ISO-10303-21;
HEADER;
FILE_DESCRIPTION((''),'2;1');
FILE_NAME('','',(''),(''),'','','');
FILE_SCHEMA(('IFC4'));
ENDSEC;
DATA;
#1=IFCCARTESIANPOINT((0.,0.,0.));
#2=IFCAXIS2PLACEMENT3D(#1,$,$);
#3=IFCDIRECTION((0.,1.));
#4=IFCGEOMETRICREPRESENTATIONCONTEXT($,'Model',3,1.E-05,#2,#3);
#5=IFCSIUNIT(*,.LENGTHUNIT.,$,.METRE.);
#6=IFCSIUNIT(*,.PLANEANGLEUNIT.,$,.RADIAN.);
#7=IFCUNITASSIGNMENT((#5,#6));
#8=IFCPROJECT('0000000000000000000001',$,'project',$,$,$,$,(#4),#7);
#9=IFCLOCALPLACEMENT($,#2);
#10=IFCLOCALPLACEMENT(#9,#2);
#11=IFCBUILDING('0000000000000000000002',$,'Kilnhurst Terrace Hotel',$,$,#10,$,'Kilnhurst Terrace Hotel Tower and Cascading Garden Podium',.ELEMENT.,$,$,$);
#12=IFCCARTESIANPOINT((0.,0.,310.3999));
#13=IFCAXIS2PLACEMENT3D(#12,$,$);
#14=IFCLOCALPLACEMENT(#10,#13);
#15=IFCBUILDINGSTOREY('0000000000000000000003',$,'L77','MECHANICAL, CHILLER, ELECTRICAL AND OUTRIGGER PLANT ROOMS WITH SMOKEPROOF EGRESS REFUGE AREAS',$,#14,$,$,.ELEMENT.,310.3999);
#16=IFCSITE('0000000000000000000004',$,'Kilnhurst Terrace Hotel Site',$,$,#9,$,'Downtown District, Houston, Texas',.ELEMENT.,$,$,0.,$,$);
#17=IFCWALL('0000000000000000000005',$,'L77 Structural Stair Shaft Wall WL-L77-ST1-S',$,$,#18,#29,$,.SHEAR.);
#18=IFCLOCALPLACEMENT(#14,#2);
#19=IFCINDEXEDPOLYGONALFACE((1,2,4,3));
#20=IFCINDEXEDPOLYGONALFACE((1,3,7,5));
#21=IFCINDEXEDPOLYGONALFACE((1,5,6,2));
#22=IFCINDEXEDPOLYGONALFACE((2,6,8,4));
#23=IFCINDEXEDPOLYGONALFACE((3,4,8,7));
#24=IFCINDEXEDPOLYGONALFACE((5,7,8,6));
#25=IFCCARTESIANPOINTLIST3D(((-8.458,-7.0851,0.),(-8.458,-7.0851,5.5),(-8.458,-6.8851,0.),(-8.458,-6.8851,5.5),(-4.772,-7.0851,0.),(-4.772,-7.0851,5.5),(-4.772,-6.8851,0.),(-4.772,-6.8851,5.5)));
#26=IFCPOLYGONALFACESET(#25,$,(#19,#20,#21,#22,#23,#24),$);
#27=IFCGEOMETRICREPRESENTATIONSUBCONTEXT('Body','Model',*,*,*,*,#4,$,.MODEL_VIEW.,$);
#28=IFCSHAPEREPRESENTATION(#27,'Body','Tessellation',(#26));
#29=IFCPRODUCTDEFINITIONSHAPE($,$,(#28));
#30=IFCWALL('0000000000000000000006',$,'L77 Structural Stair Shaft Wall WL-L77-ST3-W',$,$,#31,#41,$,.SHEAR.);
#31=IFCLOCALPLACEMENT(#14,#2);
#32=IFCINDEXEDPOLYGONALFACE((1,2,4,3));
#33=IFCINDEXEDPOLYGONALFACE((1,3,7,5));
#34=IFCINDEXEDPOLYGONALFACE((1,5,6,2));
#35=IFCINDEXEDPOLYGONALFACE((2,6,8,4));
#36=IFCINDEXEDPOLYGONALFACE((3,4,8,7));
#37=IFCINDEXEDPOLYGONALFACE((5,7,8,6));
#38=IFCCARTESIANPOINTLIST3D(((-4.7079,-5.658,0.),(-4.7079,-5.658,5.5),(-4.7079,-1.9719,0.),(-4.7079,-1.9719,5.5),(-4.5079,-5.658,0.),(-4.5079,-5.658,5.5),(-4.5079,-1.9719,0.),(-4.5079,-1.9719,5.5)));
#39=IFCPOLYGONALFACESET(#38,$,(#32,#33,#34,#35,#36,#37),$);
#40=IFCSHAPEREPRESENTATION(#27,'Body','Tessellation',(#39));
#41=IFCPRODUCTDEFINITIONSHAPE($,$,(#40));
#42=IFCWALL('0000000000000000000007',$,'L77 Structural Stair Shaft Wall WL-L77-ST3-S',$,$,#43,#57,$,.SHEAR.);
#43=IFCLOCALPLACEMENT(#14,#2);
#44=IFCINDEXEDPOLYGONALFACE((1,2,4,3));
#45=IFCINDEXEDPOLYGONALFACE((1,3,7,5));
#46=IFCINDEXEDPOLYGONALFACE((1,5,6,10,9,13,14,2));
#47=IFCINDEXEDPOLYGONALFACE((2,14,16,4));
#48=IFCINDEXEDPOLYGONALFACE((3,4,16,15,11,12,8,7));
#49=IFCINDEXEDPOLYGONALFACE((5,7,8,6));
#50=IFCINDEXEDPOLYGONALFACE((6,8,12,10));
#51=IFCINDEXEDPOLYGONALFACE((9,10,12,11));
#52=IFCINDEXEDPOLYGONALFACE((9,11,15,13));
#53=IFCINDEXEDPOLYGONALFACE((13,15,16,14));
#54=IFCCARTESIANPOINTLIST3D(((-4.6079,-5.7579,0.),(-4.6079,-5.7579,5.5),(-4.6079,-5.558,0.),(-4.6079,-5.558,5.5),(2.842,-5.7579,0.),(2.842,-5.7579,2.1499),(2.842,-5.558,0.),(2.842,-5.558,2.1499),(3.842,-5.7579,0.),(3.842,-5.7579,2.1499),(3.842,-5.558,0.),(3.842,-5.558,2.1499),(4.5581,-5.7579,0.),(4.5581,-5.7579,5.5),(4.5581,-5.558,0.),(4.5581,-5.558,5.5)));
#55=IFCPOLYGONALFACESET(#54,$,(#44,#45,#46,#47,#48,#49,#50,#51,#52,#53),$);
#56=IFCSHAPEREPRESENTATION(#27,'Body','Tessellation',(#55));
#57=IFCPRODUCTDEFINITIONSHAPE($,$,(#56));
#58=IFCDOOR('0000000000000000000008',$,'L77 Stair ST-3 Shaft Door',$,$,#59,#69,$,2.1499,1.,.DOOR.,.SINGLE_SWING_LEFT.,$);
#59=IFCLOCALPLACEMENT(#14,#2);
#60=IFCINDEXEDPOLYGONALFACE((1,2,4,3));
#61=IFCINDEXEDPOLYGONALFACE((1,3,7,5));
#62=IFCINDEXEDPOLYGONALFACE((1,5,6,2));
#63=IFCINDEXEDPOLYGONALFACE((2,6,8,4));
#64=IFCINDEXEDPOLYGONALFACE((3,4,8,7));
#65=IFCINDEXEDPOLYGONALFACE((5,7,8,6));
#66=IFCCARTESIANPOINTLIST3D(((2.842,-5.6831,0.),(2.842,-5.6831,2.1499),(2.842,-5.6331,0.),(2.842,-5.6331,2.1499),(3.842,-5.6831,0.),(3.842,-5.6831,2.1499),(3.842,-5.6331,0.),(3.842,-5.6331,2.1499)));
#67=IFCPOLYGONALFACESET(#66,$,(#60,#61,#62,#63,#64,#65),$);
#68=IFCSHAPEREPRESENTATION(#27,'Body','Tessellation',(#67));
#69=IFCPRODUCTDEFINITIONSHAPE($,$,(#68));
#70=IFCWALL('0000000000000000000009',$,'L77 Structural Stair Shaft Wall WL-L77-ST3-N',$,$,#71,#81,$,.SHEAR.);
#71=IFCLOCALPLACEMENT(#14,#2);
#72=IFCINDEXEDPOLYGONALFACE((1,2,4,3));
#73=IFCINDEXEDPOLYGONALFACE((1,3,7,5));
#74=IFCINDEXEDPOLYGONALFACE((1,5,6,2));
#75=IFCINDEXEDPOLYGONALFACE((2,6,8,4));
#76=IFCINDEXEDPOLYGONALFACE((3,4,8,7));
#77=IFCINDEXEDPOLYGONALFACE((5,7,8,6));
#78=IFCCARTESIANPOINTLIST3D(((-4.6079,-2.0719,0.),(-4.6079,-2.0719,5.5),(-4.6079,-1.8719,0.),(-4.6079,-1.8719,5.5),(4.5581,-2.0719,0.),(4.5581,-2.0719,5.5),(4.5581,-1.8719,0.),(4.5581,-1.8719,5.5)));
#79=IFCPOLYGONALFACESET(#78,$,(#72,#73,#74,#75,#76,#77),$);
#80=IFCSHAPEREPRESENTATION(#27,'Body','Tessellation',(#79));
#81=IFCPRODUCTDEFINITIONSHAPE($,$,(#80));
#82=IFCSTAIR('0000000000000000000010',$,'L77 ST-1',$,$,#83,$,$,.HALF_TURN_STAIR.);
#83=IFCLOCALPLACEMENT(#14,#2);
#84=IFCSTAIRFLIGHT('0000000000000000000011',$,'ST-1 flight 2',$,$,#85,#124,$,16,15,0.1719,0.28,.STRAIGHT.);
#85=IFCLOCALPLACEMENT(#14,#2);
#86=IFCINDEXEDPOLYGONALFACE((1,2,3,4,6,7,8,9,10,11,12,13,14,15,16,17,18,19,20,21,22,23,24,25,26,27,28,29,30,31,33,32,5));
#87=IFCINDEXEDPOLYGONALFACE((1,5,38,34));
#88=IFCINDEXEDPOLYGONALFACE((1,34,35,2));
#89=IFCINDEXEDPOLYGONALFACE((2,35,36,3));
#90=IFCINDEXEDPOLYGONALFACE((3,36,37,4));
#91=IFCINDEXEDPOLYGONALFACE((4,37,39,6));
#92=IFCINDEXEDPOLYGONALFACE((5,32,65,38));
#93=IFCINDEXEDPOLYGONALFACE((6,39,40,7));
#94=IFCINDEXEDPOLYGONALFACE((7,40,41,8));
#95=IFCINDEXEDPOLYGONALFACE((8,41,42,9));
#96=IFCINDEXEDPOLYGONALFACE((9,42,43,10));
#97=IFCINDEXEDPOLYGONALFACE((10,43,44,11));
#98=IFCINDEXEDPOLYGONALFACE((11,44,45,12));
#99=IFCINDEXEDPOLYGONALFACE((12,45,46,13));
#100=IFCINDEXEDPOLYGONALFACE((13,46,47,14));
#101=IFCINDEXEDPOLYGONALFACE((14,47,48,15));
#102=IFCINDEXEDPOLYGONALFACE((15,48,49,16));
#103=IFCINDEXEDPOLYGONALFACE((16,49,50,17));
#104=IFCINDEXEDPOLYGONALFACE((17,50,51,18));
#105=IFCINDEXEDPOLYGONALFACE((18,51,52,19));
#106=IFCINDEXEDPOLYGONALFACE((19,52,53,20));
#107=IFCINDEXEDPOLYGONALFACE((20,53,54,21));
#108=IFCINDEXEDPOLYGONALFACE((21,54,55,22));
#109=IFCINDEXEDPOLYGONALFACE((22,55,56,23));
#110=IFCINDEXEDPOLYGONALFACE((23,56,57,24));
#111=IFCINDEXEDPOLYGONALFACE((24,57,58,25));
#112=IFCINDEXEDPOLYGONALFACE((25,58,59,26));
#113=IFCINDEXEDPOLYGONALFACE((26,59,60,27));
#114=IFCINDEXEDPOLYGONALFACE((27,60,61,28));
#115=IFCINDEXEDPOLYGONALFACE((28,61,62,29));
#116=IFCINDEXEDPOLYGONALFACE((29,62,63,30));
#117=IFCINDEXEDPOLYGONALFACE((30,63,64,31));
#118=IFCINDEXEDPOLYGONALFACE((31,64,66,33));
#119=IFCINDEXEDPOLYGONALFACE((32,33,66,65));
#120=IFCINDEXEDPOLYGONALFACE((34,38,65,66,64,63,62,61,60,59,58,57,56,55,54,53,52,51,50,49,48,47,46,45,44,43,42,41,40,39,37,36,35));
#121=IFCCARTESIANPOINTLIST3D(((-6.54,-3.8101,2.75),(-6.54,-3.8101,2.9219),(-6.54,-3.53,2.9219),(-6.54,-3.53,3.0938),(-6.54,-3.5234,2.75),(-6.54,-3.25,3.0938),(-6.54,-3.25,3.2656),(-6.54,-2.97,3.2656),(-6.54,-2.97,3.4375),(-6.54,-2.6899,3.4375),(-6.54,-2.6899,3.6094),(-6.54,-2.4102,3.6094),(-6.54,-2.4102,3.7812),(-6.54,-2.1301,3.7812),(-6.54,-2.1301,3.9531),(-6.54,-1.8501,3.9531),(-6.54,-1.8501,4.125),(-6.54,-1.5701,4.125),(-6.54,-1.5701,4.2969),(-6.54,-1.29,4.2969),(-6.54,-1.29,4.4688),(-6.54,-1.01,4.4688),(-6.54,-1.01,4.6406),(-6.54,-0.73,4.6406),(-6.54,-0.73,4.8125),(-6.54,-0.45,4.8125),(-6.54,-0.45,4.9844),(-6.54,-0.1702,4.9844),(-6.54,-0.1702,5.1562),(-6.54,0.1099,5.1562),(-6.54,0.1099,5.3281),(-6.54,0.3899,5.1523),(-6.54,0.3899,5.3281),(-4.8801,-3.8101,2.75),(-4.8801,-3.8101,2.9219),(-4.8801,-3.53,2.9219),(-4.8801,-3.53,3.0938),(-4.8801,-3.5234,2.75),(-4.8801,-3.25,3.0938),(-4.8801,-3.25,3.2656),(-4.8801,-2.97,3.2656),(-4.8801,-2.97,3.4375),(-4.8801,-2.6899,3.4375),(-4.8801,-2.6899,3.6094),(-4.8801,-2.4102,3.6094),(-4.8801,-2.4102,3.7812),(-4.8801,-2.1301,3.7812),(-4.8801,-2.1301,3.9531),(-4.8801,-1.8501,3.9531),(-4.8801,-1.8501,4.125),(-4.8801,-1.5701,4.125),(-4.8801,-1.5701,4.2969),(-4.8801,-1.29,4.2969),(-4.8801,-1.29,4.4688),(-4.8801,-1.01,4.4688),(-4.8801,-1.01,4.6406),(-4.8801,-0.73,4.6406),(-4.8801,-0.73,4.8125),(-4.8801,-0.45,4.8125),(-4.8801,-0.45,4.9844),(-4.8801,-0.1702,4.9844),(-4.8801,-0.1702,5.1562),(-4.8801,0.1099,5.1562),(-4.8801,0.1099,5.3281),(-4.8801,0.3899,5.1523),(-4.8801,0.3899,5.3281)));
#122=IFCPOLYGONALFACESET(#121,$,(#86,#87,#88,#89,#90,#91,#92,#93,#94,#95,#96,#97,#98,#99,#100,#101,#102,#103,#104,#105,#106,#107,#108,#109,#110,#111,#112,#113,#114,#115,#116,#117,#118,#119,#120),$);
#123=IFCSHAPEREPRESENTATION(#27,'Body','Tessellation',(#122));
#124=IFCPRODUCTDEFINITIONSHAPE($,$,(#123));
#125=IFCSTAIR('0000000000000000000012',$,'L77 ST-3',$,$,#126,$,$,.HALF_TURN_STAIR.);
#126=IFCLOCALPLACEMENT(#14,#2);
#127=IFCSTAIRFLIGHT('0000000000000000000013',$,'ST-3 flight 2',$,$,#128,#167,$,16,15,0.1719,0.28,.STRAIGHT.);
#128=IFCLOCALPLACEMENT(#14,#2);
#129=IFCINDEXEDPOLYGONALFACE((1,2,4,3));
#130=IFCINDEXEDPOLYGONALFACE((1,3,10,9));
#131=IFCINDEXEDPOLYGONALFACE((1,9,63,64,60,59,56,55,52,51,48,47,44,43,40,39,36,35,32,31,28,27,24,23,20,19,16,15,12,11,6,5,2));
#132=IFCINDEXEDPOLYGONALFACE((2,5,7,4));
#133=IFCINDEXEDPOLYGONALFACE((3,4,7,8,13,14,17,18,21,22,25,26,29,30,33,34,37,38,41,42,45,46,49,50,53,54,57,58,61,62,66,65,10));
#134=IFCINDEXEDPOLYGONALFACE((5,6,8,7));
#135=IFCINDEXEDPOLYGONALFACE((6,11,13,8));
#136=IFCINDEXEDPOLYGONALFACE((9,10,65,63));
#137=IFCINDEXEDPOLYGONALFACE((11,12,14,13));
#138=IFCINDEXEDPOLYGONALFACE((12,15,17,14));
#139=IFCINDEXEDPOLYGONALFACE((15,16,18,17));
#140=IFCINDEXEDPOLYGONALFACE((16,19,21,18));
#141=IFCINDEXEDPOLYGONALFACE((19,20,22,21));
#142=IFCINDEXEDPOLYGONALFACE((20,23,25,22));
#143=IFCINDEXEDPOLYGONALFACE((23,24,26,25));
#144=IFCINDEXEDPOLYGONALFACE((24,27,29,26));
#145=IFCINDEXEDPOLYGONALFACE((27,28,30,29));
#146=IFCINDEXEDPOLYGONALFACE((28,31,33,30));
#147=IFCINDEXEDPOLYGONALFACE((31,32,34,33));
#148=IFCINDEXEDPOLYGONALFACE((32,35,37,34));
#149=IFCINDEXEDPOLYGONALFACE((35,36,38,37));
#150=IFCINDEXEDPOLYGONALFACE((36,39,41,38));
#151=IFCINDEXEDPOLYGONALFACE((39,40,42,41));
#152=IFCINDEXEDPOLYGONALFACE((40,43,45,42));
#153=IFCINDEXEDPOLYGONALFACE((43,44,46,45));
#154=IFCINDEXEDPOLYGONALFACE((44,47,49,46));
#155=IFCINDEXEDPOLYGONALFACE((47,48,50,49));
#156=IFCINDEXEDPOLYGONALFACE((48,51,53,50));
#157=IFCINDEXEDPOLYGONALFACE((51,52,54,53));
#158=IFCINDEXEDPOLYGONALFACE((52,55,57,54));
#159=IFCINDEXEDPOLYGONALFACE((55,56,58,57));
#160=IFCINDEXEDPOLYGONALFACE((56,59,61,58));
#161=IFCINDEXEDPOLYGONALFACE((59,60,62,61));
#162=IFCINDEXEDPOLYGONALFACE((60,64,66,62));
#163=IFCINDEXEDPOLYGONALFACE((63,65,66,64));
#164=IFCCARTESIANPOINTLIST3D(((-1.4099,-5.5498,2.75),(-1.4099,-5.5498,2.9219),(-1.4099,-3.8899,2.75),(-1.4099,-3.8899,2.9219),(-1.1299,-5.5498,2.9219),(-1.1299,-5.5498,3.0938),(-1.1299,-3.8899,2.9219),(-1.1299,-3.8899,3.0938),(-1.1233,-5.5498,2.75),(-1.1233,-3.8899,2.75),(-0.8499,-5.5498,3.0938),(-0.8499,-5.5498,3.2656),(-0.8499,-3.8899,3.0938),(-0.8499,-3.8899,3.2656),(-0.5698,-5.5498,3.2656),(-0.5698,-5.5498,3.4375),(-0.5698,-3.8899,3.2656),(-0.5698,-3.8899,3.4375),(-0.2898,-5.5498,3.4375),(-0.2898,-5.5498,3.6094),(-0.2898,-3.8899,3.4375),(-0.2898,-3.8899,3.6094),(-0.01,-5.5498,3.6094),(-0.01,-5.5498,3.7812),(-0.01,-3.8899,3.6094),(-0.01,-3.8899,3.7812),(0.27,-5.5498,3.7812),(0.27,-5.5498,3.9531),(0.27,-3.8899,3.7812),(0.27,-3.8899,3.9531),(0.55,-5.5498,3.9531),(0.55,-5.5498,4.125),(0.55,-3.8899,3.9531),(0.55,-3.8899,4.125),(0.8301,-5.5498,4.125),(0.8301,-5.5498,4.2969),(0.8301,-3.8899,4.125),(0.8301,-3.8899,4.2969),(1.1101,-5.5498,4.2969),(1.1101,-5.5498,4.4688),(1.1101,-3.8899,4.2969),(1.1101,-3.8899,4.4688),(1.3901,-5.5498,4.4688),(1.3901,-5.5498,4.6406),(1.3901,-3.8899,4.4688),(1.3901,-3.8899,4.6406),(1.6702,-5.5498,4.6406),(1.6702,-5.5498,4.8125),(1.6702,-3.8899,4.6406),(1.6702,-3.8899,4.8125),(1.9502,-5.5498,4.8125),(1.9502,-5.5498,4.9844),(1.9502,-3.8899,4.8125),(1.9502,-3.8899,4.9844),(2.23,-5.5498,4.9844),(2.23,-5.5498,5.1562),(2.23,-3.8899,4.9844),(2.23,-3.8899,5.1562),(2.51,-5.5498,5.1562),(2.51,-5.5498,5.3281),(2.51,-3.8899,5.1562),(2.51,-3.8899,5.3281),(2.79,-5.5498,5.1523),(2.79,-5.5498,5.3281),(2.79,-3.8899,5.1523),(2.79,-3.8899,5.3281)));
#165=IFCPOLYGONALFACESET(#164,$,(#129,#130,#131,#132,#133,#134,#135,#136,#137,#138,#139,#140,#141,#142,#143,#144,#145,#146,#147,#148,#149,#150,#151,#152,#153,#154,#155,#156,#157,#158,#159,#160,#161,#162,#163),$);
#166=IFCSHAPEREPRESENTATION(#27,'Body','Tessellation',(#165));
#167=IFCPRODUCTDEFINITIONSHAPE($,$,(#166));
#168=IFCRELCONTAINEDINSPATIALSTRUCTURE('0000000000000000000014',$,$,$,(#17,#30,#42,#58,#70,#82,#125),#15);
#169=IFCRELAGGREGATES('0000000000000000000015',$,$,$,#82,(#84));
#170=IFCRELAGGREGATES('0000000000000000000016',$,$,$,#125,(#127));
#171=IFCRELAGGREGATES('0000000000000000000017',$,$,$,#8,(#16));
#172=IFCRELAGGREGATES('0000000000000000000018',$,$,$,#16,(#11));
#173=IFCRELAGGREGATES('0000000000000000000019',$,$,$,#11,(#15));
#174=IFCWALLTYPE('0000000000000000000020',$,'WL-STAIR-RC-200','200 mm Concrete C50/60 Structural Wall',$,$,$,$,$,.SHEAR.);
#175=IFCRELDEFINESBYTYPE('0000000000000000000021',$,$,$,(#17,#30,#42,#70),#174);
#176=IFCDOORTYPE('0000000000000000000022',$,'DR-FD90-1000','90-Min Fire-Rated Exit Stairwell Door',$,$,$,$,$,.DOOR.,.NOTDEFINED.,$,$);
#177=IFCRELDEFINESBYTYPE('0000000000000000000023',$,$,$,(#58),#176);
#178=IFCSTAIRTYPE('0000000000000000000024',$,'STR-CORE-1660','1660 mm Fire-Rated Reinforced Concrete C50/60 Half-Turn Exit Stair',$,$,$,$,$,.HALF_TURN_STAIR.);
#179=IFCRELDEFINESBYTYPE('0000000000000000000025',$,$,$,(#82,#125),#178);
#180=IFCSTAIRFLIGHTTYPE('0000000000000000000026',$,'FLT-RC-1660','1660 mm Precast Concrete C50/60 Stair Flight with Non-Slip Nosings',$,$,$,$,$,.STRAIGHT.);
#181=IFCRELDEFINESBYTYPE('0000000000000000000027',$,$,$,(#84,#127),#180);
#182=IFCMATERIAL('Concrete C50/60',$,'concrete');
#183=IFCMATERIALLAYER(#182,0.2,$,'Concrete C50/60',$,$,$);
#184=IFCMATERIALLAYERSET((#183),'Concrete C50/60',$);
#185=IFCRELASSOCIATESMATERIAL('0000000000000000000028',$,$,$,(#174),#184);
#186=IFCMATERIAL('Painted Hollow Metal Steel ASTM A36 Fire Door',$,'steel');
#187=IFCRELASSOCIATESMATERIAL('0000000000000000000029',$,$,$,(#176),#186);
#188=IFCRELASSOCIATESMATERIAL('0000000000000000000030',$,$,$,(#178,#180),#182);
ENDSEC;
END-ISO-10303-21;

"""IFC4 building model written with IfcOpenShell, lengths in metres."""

from ifc_helpers import new_model, si_unit, direction, frame, frame_2d, origin, place, context, subcontext, project, spatial, polyline, rectangle, outline, extrude, material, layer, layer_set, type_object, element, fill, aggregate, save


model = new_model("IFC4")

# Units and contexts
model_context = context("Model", 3, precision=1e-05, world=origin(), true_north=direction((0.0, 1.0)))
body_context = subcontext(model_context, "Body", "Model", "MODEL_VIEW")
ifc_project = project(units=[si_unit("LENGTHUNIT", "METRE"), si_unit("PLANEANGLEUNIT", "RADIAN")], contexts=[model_context])

# Site, building, storey
site_placement = place(None, origin())
site = spatial("IfcSite", under=ifc_project, at=site_placement, Name="Kilnhurst Terrace Hotel Site", LongName="Downtown District, Houston, Texas", CompositionType="ELEMENT", RefElevation=0.0)
building_placement = place(site_placement, origin())
building = spatial("IfcBuilding", under=site, at=building_placement, Name="Kilnhurst Terrace Hotel", LongName="Kilnhurst Terrace Hotel Tower and Cascading Garden Podium", CompositionType="ELEMENT")
storey_placement = place(building_placement, frame((0.0, 0.0, 310.3999)))
storey = spatial("IfcBuildingStorey", under=building, at=storey_placement, Name="L77", Description="MECHANICAL, CHILLER, ELECTRICAL AND OUTRIGGER PLANT ROOMS WITH SMOKEPROOF EGRESS REFUGE AREAS", CompositionType="ELEMENT", Elevation=310.3999)

# Shared definitions
ifc_material_1 = material(Name="Concrete C50/60", Category="concrete")

# Walls
ifc_layer_1 = layer(ifc_material_1, 0.2, Name="Concrete C50/60")
ifc_layer_set_1 = layer_set([ifc_layer_1], Name="Concrete C50/60")
wall_type_1 = type_object("IfcWallType", Name="WL-STAIR-RC-200", Description="200 mm Concrete C50/60 Structural Wall", PredefinedType="SHEAR", material=ifc_layer_set_1)
for number, where, z_axis, x_axis, name in (
    (1, (-8.458, -6.9851, 0.0), (0.0, 0.0, 1.0), (1.0, 0.0, 0.0), "L77 Structural Stair Shaft Wall WL-L77-ST1-S"),
    (2, (-4.6079, -5.658, 0.0), (0.0, 0.0, 1.0), (0.0, 1.0, 0.0), "L77 Structural Stair Shaft Wall WL-L77-ST3-W"),
):
    element("IfcWall", number, at=place(storey_placement, frame(where, z_axis=z_axis, x_axis=x_axis)), inside=storey, type_object=wall_type_1, Name=name, PredefinedType="SHEAR", context=body_context, shape_type="SweptSolid", body=[
        extrude(rectangle(XDim=3.686, YDim=0.2, at=frame_2d((1.843, 0.0))), origin(), (0.0, 0.0, 1.0), 5.5),
    ])

# Wall, opening, door
wall_1_placement = place(storey_placement, frame((-4.6079, -5.658, 0.0), z_axis=(0.0, 0.0, 1.0), x_axis=(1.0, 0.0, 0.0)))
wall_1 = element("IfcWall", 3, at=wall_1_placement, inside=storey, type_object=wall_type_1, Name="L77 Structural Stair Shaft Wall WL-L77-ST3-S", PredefinedType="SHEAR", context=body_context, shape_type="SweptSolid", body=[
    extrude(rectangle(XDim=9.166, YDim=0.2, at=frame_2d((4.583, 0.0))), origin(), (0.0, 0.0, 1.0), 5.5),
])
opening_1_placement = place(wall_1_placement, frame((7.45, 0.0, 0.0)))
opening_1 = element("IfcOpeningElement", 4, at=opening_1_placement, cuts=wall_1, PredefinedType="OPENING", context=body_context, shape_type="SweptSolid", body=[
    extrude(rectangle(XDim=1.0, YDim=2.1499, at=frame_2d((0.5, 1.075))), frame((0.0, 0.1099, 0.0), z_axis=(0.0, -1.0, 0.0), x_axis=(1.0, 0.0, 0.0)), (0.0, 0.0, 1.0), 0.22),
])
ifc_material_2 = material(Name="Painted Hollow Metal Steel ASTM A36 Fire Door", Category="steel")
door_type_1 = type_object("IfcDoorType", Name="DR-FD90-1000", Description="90-Min Fire-Rated Exit Stairwell Door", OperationType="NOTDEFINED", PredefinedType="DOOR", material=ifc_material_2)
door_1_placement = place(opening_1_placement, origin())
door_1 = element("IfcDoor", 5, at=door_1_placement, inside=storey, type_object=door_type_1, Name="L77 Stair ST-3 Shaft Door", OperationType="SINGLE_SWING_LEFT", OverallHeight=2.1499, OverallWidth=1.0, PredefinedType="DOOR", context=body_context, shape_type="SweptSolid", body=[
    extrude(rectangle(XDim=1.0, YDim=2.1499, at=frame_2d((0.5, 1.075))), frame((0.0, 0.0249, 0.0), z_axis=(0.0, -1.0, 0.0), x_axis=(1.0, 0.0, 0.0)), (0.0, 0.0, 1.0), 0.05),
])
fill(opening_1, door_1)

# Wall
wall_2_placement = place(storey_placement, frame((-4.6079, -1.9719, 0.0), z_axis=(0.0, 0.0, 1.0), x_axis=(1.0, 0.0, 0.0)))
element("IfcWall", 6, at=wall_2_placement, inside=storey, type_object=wall_type_1, Name="L77 Structural Stair Shaft Wall WL-L77-ST3-N", PredefinedType="SHEAR", context=body_context, shape_type="SweptSolid", body=[
    extrude(rectangle(XDim=9.166, YDim=0.2, at=frame_2d((4.583, 0.0))), origin(), (0.0, 0.0, 1.0), 5.5),
])

# Stairs, stair flights
stair_type = type_object("IfcStairType", Name="STR-CORE-1660", Description="1660 mm Fire-Rated Reinforced Concrete C50/60 Half-Turn Exit Stair", PredefinedType="HALF_TURN_STAIR", material=ifc_material_1)
stair_1_placement = place(storey_placement, origin())
stair_1 = element("IfcStair", 7, at=stair_1_placement, inside=storey, type_object=stair_type, Name="L77 ST-1", PredefinedType="HALF_TURN_STAIR")
stair_flight_type = type_object("IfcStairFlightType", Name="FLT-RC-1660", Description="1660 mm Precast Concrete C50/60 Stair Flight with Non-Slip Nosings", PredefinedType="STRAIGHT", material=ifc_material_1)
stair_flight_1_placement = place(storey_placement, frame((-5.71, -3.8101, 2.75), z_axis=(0.0, 0.0, 1.0), x_axis=(0.0, 1.0, 0.0)))
stair_flight_1 = element("IfcStairFlight", 8, at=stair_flight_1_placement, type_object=stair_flight_type, Name="ST-1 flight 2", NumberOfRisers=16, NumberOfTreads=15, PredefinedType="STRAIGHT", RiserHeight=0.1719, TreadLength=0.28, context=body_context, shape_type="SweptSolid", body=[
    extrude(outline(polyline([(0.0, 0.0), (0.0, 0.1719), (0.28, 0.1719), (0.28, 0.3438), (0.5601, 0.3438), (0.5601, 0.5156), (0.8401, 0.5156), (0.8401, 0.6875), (1.1201, 0.6875), (1.1201, 0.8594), (1.3999, 0.8594), (1.3999, 1.0312), (1.6799, 1.0312), (1.6799, 1.2031), (1.96, 1.2031), (1.96, 1.375), (2.24, 1.375), (2.24, 1.5469), (2.52, 1.5469), (2.52, 1.7188), (2.8, 1.7188), (2.8, 1.8906), (3.0801, 1.8906), (3.0801, 2.0625), (3.3601, 2.0625), (3.3601, 2.2344), (3.6399, 2.2344), (3.6399, 2.4062), (3.9199, 2.4062), (3.9199, 2.5781), (4.2, 2.5781), (4.2, 2.75), (4.2, 2.4023), (0.2866, 0.0), (0.0, 0.0)])), frame((0.0, 0.8301, 0.0), z_axis=(0.0, -1.0, 0.0), x_axis=(1.0, 0.0, 0.0)), (0.0, 0.0, 1.0), 1.6599),
])
aggregate(stair_1, [stair_flight_1])
stair_2_placement = place(storey_placement, origin())
stair_2 = element("IfcStair", 9, at=stair_2_placement, inside=storey, type_object=stair_type, Name="L77 ST-3", PredefinedType="HALF_TURN_STAIR")
stair_flight_2_placement = place(storey_placement, frame((-1.4099, -4.72, 2.75), z_axis=(0.0, 0.0, 1.0), x_axis=(1.0, 0.0, 0.0)))
stair_flight_2 = element("IfcStairFlight", 10, at=stair_flight_2_placement, type_object=stair_flight_type, Name="ST-3 flight 2", NumberOfRisers=16, NumberOfTreads=15, PredefinedType="STRAIGHT", RiserHeight=0.1719, TreadLength=0.28, context=body_context, shape_type="SweptSolid", body=[
    extrude(outline(polyline([(0.0, 0.0), (0.0, 0.1719), (0.28, 0.1719), (0.28, 0.3438), (0.5601, 0.3438), (0.5601, 0.5156), (0.8401, 0.5156), (0.8401, 0.6875), (1.1201, 0.6875), (1.1201, 0.8594), (1.3999, 0.8594), (1.3999, 1.0312), (1.6799, 1.0312), (1.6799, 1.2031), (1.96, 1.2031), (1.96, 1.375), (2.24, 1.375), (2.24, 1.5469), (2.52, 1.5469), (2.52, 1.7188), (2.8, 1.7188), (2.8, 1.8906), (3.0801, 1.8906), (3.0801, 2.0625), (3.3601, 2.0625), (3.3601, 2.2344), (3.6399, 2.2344), (3.6399, 2.4062), (3.9199, 2.4062), (3.9199, 2.5781), (4.2, 2.5781), (4.2, 2.75), (4.2, 2.4023), (0.2866, 0.0), (0.0, 0.0)])), frame((0.0, 0.8301, 0.0), z_axis=(0.0, -1.0, 0.0), x_axis=(1.0, 0.0, 0.0)), (0.0, 0.0, 1.0), 1.6599),
])
aggregate(stair_2, [stair_flight_2])

save(model, "model.ifc")
